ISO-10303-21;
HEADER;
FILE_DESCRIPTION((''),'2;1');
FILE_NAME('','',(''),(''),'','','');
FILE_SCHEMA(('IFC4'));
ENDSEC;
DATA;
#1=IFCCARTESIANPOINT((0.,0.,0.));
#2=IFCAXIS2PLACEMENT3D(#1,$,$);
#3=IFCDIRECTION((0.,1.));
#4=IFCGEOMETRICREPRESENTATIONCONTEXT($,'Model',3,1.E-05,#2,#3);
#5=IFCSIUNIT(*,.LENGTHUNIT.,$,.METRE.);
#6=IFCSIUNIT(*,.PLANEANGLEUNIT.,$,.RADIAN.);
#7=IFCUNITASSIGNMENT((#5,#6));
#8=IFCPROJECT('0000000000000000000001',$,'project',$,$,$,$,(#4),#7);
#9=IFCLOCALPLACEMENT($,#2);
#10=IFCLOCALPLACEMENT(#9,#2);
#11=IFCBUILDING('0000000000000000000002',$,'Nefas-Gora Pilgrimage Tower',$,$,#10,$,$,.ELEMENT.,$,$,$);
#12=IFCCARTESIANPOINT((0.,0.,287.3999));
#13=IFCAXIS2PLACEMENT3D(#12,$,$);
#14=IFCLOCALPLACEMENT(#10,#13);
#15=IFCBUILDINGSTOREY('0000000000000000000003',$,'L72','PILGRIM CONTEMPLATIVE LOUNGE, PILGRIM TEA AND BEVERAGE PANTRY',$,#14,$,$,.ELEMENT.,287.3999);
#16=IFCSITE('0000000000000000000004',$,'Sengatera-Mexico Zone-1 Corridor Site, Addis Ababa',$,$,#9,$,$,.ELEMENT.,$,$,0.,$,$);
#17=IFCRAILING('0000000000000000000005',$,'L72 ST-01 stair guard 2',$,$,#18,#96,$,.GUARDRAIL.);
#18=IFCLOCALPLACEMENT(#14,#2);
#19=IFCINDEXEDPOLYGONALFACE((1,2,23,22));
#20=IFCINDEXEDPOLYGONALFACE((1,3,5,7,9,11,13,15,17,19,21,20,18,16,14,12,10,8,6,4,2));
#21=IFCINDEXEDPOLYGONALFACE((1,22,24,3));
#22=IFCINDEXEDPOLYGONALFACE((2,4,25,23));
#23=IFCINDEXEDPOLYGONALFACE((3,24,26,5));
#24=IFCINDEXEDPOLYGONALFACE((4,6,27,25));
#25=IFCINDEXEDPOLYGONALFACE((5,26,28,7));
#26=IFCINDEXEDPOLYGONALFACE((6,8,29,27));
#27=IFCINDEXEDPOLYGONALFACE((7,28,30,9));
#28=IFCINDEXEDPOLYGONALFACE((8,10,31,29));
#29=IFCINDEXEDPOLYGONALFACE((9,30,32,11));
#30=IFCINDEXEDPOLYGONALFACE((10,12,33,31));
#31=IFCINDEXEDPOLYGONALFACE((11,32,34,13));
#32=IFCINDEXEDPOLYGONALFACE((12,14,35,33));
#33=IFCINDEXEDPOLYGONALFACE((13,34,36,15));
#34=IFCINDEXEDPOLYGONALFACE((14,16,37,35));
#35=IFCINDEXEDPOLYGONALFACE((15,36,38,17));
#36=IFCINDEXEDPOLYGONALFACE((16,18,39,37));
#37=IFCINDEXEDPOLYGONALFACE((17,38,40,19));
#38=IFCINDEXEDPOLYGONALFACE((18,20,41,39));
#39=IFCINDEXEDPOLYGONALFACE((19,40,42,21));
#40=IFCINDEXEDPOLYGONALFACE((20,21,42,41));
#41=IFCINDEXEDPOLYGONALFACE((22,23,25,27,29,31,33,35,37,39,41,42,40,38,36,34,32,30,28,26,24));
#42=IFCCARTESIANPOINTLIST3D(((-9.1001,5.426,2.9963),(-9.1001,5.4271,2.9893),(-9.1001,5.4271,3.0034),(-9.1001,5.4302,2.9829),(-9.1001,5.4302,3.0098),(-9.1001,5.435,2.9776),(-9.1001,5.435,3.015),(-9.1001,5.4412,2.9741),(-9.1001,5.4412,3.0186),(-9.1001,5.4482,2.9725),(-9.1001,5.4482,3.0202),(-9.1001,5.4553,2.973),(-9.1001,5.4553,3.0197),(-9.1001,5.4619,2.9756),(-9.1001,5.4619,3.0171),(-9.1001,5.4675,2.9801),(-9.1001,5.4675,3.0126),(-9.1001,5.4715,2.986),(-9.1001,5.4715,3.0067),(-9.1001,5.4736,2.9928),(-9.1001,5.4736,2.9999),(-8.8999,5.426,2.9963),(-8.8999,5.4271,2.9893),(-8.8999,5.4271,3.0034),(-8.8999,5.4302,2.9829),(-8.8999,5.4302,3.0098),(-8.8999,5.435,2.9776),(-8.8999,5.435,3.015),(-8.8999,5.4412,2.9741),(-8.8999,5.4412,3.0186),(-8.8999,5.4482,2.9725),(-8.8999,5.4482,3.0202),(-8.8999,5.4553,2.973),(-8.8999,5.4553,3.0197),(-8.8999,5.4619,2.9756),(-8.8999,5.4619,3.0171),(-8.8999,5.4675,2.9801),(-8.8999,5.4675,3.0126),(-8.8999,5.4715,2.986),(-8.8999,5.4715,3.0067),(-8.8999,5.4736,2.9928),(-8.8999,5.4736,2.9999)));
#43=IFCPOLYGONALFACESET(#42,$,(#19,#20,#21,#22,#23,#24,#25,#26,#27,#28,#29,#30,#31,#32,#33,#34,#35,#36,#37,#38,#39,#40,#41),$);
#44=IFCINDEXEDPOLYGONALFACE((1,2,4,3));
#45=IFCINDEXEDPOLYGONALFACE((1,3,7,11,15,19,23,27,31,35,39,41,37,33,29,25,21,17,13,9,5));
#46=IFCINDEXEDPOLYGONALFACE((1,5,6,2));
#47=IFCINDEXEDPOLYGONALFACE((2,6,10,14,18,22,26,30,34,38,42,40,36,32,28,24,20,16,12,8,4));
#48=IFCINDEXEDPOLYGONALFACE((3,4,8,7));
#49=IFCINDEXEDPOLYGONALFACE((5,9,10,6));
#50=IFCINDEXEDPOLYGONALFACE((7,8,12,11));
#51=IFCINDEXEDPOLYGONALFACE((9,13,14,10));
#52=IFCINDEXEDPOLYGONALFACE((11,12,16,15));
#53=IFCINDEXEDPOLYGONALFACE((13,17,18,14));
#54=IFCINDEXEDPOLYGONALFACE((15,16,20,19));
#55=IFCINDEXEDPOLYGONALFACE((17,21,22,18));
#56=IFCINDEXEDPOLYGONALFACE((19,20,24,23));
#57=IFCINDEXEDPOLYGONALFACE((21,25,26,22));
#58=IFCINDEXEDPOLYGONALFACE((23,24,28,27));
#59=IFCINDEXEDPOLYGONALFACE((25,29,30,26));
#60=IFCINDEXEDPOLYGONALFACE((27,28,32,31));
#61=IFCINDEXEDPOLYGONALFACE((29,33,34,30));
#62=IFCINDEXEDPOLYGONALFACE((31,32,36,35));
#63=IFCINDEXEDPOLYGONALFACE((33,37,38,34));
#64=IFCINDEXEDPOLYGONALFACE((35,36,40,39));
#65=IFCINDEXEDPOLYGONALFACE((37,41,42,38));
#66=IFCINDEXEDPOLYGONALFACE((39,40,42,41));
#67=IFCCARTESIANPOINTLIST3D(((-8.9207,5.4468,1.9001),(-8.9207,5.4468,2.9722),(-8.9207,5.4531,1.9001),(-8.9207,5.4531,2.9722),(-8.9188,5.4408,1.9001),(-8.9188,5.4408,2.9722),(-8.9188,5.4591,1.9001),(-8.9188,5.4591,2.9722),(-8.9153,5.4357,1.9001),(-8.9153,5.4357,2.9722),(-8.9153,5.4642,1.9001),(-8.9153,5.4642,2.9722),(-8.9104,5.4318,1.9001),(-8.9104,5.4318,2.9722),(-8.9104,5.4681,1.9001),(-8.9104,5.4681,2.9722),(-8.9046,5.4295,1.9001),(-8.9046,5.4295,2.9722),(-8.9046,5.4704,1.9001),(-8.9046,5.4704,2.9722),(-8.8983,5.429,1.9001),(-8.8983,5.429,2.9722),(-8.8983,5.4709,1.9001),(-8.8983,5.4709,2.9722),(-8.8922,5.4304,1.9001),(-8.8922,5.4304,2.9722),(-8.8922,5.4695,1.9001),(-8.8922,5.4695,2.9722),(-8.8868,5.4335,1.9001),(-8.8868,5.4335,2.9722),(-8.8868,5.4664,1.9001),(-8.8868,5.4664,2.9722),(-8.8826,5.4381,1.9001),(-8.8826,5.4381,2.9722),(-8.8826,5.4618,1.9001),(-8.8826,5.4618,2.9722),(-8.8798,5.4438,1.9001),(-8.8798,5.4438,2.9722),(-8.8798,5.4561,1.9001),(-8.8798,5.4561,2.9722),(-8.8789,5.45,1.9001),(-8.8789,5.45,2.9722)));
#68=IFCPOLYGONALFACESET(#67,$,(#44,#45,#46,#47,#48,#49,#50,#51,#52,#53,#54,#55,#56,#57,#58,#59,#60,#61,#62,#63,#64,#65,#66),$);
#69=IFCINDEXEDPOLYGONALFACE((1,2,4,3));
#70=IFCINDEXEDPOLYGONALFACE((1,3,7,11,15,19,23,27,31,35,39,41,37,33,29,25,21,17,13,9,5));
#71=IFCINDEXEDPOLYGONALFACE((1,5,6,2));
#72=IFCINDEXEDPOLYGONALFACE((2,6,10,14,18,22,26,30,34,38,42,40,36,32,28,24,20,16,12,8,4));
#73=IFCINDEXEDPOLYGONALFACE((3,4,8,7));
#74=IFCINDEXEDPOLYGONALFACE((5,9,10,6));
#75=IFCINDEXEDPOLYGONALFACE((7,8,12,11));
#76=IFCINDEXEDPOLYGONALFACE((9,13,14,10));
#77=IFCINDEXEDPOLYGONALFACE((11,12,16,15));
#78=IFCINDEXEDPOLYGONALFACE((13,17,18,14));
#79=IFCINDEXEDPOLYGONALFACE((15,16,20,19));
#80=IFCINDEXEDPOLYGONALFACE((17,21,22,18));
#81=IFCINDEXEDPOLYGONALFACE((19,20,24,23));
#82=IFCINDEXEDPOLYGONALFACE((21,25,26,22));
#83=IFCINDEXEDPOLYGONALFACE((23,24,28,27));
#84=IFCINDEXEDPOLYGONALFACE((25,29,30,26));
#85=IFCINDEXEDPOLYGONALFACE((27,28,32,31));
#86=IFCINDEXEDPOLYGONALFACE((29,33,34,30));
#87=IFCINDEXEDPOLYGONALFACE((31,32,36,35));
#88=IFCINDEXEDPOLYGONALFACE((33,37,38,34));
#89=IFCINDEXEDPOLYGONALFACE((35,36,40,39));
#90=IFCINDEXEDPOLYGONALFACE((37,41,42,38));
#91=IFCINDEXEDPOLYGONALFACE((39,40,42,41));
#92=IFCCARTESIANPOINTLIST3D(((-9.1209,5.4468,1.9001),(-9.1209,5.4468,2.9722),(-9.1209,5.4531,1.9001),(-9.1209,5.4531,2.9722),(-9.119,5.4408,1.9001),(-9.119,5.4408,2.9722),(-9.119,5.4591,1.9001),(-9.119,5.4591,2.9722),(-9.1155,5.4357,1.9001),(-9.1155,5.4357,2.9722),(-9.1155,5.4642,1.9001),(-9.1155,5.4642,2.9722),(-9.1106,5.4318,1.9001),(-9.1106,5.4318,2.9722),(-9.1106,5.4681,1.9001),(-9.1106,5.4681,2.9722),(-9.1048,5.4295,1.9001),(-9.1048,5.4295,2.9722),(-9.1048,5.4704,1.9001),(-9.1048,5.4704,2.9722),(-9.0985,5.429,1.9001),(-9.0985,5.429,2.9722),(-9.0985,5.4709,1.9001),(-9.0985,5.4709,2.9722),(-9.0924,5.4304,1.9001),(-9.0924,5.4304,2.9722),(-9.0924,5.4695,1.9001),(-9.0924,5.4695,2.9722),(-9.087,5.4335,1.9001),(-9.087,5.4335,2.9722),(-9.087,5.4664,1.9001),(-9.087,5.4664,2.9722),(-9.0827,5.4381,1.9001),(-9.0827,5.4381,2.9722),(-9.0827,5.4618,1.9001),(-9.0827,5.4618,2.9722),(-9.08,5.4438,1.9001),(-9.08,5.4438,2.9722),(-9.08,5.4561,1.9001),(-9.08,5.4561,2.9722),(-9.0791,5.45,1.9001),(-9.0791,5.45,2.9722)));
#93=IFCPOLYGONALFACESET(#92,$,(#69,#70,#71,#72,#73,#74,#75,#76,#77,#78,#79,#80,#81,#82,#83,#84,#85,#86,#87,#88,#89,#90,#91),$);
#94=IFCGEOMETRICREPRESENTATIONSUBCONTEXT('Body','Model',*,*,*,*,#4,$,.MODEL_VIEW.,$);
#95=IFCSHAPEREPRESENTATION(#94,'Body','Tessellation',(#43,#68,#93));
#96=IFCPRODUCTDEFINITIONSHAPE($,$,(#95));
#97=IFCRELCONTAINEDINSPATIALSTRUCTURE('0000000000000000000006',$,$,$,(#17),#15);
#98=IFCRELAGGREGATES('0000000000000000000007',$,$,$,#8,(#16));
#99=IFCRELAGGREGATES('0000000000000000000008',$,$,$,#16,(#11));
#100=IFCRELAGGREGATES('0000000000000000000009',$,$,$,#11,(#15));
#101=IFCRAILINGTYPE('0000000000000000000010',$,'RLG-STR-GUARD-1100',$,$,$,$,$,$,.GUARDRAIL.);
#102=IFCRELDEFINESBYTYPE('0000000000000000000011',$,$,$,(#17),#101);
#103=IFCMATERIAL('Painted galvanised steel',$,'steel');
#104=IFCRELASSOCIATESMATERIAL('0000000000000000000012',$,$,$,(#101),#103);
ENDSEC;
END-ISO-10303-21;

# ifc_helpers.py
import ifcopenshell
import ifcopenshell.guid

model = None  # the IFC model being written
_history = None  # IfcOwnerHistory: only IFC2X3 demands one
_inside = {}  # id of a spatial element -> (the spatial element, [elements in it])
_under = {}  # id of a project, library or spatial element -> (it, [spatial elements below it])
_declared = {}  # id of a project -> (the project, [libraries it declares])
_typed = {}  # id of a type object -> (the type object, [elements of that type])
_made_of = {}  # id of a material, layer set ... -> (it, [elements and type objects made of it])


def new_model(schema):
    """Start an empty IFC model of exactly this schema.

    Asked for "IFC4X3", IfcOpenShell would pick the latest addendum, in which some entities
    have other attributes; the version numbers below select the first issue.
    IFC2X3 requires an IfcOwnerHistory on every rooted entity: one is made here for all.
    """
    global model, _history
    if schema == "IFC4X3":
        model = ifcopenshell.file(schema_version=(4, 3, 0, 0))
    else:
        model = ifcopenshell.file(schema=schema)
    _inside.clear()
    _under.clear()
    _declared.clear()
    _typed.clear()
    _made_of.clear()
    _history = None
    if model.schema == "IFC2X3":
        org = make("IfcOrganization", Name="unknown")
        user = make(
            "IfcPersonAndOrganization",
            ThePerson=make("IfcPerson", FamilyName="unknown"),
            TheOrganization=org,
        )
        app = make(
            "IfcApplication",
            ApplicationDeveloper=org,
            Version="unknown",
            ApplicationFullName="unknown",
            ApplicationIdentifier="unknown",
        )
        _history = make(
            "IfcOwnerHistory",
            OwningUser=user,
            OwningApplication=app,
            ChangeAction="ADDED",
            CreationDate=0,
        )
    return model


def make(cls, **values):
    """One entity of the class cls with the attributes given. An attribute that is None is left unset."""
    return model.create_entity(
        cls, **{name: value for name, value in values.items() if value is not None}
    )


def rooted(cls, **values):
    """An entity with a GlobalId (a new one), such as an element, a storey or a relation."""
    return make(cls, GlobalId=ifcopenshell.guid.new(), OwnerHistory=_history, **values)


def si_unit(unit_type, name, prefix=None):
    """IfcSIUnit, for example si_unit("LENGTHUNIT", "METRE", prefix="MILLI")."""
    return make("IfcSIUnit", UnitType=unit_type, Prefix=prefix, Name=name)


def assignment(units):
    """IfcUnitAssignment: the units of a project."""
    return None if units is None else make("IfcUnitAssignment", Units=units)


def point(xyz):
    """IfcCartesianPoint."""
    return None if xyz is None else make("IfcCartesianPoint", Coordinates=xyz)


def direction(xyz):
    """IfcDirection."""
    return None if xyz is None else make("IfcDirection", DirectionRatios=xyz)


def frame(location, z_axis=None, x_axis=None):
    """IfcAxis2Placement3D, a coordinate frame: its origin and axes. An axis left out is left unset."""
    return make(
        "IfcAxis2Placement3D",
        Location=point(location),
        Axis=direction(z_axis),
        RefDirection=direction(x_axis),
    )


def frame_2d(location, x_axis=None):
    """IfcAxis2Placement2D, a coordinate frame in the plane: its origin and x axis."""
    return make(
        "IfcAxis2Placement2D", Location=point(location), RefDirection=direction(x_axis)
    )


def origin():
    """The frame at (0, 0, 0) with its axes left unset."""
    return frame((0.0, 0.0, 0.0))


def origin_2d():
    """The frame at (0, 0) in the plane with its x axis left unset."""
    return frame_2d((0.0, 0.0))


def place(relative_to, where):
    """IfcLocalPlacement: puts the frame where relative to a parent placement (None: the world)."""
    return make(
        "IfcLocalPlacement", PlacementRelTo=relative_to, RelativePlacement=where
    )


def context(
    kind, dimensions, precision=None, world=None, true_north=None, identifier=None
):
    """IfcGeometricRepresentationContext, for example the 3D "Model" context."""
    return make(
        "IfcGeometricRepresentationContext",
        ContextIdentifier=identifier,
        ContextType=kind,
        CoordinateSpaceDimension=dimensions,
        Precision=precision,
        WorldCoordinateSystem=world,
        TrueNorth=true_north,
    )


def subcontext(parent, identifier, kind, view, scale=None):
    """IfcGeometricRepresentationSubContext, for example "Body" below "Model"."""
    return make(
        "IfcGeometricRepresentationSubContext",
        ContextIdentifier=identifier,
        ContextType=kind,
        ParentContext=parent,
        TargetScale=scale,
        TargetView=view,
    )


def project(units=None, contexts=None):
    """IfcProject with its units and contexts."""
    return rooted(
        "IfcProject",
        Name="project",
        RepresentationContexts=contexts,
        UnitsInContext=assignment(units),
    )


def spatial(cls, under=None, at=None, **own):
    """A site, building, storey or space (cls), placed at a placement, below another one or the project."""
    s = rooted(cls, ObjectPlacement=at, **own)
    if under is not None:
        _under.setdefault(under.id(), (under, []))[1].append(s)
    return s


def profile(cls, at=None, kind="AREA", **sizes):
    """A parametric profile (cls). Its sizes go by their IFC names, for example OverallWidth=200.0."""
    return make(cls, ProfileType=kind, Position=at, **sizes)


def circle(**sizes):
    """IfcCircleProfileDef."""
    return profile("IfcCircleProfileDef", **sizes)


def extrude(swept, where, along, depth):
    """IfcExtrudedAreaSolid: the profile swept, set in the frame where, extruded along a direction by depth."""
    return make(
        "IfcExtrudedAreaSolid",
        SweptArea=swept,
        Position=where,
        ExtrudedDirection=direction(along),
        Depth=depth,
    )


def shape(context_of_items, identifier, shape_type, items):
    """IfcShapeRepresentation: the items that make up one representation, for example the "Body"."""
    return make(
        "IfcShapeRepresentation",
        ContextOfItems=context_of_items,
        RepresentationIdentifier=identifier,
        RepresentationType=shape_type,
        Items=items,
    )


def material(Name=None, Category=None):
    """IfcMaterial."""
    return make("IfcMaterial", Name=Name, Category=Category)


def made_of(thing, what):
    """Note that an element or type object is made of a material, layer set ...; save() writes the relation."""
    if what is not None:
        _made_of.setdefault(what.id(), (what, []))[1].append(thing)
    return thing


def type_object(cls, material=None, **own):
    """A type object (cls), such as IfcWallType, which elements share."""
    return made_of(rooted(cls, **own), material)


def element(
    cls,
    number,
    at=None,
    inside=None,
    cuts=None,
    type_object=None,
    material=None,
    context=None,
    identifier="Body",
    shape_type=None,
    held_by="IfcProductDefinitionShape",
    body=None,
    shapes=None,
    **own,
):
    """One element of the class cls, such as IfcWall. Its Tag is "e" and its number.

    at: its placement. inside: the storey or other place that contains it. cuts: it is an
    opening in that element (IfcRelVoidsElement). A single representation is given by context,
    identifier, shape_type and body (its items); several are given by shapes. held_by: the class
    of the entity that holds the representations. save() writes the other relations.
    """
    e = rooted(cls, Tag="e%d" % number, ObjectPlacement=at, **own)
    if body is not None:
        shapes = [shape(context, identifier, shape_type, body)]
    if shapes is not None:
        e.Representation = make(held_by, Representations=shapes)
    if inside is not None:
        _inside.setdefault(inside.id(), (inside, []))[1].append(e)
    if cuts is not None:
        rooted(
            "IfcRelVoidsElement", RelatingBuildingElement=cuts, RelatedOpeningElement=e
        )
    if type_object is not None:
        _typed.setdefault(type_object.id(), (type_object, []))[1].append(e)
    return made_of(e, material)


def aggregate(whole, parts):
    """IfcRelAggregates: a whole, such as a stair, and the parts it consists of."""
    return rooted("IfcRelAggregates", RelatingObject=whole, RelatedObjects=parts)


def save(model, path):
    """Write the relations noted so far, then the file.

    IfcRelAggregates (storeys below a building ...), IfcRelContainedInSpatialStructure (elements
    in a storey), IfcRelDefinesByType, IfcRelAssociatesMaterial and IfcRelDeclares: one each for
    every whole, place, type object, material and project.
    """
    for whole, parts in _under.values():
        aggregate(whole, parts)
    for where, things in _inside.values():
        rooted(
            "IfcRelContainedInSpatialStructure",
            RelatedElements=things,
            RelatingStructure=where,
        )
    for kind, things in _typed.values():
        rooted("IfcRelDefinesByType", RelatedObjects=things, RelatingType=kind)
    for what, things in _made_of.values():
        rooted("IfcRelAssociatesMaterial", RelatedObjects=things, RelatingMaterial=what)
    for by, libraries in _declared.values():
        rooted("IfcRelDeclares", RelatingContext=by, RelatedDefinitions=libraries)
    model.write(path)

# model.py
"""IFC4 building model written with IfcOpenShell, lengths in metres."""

from ifc_helpers import new_model, si_unit, direction, frame, origin, origin_2d, place, context, subcontext, project, spatial, circle, extrude, material, type_object, element, save


model = new_model("IFC4")

# Units and contexts
model_context = context("Model", 3, precision=1e-05, world=origin(), true_north=direction((0.0, 1.0)))
body_context = subcontext(model_context, "Body", "Model", "MODEL_VIEW")
ifc_project = project(units=[si_unit("LENGTHUNIT", "METRE"), si_unit("PLANEANGLEUNIT", "RADIAN")], contexts=[model_context])

# Site, building, storey
site_placement = place(None, origin())
site = spatial("IfcSite", under=ifc_project, at=site_placement, Name="Sengatera-Mexico Zone-1 Corridor Site, Addis Ababa", CompositionType="ELEMENT", RefElevation=0.0)
building_placement = place(site_placement, origin())
building = spatial("IfcBuilding", under=site, at=building_placement, Name="Nefas-Gora Pilgrimage Tower", CompositionType="ELEMENT")
storey_placement = place(building_placement, frame((0.0, 0.0, 287.3999)))
storey = spatial("IfcBuildingStorey", under=building, at=storey_placement, Name="L72", Description="PILGRIM CONTEMPLATIVE LOUNGE, PILGRIM TEA AND BEVERAGE PANTRY", CompositionType="ELEMENT", Elevation=287.3999)

# Railing
ifc_material_1 = material(Name="Painted galvanised steel", Category="steel")
railing_type_1 = type_object("IfcRailingType", Name="RLG-STR-GUARD-1100", PredefinedType="GUARDRAIL", material=ifc_material_1)
railing_1_placement = place(storey_placement, frame((-8.8999, 5.45, 1.9001)))
element("IfcRailing", 1, at=railing_1_placement, inside=storey, type_object=railing_type_1, Name="L72 ST-01 stair guard 2", PredefinedType="GUARDRAIL", context=body_context, shape_type="SweptSolid", body=[
    extrude(circle(Radius=0.0239, at=origin_2d()), frame((0.0, 0.0, 1.0962), z_axis=(-1.0, 0.0, 0.0), x_axis=(0.0, -1.0, 0.0)), (0.0, 0.0, 1.0), 0.2002),
    extrude(circle(Radius=0.021, at=origin_2d()), origin(), (0.0, 0.0, 1.0), 1.072),
    extrude(circle(Radius=0.021, at=origin_2d()), frame((-0.2002, 0.0, 0.0)), (0.0, 0.0, 1.0), 1.072),
])

save(model, "model.ifc")
